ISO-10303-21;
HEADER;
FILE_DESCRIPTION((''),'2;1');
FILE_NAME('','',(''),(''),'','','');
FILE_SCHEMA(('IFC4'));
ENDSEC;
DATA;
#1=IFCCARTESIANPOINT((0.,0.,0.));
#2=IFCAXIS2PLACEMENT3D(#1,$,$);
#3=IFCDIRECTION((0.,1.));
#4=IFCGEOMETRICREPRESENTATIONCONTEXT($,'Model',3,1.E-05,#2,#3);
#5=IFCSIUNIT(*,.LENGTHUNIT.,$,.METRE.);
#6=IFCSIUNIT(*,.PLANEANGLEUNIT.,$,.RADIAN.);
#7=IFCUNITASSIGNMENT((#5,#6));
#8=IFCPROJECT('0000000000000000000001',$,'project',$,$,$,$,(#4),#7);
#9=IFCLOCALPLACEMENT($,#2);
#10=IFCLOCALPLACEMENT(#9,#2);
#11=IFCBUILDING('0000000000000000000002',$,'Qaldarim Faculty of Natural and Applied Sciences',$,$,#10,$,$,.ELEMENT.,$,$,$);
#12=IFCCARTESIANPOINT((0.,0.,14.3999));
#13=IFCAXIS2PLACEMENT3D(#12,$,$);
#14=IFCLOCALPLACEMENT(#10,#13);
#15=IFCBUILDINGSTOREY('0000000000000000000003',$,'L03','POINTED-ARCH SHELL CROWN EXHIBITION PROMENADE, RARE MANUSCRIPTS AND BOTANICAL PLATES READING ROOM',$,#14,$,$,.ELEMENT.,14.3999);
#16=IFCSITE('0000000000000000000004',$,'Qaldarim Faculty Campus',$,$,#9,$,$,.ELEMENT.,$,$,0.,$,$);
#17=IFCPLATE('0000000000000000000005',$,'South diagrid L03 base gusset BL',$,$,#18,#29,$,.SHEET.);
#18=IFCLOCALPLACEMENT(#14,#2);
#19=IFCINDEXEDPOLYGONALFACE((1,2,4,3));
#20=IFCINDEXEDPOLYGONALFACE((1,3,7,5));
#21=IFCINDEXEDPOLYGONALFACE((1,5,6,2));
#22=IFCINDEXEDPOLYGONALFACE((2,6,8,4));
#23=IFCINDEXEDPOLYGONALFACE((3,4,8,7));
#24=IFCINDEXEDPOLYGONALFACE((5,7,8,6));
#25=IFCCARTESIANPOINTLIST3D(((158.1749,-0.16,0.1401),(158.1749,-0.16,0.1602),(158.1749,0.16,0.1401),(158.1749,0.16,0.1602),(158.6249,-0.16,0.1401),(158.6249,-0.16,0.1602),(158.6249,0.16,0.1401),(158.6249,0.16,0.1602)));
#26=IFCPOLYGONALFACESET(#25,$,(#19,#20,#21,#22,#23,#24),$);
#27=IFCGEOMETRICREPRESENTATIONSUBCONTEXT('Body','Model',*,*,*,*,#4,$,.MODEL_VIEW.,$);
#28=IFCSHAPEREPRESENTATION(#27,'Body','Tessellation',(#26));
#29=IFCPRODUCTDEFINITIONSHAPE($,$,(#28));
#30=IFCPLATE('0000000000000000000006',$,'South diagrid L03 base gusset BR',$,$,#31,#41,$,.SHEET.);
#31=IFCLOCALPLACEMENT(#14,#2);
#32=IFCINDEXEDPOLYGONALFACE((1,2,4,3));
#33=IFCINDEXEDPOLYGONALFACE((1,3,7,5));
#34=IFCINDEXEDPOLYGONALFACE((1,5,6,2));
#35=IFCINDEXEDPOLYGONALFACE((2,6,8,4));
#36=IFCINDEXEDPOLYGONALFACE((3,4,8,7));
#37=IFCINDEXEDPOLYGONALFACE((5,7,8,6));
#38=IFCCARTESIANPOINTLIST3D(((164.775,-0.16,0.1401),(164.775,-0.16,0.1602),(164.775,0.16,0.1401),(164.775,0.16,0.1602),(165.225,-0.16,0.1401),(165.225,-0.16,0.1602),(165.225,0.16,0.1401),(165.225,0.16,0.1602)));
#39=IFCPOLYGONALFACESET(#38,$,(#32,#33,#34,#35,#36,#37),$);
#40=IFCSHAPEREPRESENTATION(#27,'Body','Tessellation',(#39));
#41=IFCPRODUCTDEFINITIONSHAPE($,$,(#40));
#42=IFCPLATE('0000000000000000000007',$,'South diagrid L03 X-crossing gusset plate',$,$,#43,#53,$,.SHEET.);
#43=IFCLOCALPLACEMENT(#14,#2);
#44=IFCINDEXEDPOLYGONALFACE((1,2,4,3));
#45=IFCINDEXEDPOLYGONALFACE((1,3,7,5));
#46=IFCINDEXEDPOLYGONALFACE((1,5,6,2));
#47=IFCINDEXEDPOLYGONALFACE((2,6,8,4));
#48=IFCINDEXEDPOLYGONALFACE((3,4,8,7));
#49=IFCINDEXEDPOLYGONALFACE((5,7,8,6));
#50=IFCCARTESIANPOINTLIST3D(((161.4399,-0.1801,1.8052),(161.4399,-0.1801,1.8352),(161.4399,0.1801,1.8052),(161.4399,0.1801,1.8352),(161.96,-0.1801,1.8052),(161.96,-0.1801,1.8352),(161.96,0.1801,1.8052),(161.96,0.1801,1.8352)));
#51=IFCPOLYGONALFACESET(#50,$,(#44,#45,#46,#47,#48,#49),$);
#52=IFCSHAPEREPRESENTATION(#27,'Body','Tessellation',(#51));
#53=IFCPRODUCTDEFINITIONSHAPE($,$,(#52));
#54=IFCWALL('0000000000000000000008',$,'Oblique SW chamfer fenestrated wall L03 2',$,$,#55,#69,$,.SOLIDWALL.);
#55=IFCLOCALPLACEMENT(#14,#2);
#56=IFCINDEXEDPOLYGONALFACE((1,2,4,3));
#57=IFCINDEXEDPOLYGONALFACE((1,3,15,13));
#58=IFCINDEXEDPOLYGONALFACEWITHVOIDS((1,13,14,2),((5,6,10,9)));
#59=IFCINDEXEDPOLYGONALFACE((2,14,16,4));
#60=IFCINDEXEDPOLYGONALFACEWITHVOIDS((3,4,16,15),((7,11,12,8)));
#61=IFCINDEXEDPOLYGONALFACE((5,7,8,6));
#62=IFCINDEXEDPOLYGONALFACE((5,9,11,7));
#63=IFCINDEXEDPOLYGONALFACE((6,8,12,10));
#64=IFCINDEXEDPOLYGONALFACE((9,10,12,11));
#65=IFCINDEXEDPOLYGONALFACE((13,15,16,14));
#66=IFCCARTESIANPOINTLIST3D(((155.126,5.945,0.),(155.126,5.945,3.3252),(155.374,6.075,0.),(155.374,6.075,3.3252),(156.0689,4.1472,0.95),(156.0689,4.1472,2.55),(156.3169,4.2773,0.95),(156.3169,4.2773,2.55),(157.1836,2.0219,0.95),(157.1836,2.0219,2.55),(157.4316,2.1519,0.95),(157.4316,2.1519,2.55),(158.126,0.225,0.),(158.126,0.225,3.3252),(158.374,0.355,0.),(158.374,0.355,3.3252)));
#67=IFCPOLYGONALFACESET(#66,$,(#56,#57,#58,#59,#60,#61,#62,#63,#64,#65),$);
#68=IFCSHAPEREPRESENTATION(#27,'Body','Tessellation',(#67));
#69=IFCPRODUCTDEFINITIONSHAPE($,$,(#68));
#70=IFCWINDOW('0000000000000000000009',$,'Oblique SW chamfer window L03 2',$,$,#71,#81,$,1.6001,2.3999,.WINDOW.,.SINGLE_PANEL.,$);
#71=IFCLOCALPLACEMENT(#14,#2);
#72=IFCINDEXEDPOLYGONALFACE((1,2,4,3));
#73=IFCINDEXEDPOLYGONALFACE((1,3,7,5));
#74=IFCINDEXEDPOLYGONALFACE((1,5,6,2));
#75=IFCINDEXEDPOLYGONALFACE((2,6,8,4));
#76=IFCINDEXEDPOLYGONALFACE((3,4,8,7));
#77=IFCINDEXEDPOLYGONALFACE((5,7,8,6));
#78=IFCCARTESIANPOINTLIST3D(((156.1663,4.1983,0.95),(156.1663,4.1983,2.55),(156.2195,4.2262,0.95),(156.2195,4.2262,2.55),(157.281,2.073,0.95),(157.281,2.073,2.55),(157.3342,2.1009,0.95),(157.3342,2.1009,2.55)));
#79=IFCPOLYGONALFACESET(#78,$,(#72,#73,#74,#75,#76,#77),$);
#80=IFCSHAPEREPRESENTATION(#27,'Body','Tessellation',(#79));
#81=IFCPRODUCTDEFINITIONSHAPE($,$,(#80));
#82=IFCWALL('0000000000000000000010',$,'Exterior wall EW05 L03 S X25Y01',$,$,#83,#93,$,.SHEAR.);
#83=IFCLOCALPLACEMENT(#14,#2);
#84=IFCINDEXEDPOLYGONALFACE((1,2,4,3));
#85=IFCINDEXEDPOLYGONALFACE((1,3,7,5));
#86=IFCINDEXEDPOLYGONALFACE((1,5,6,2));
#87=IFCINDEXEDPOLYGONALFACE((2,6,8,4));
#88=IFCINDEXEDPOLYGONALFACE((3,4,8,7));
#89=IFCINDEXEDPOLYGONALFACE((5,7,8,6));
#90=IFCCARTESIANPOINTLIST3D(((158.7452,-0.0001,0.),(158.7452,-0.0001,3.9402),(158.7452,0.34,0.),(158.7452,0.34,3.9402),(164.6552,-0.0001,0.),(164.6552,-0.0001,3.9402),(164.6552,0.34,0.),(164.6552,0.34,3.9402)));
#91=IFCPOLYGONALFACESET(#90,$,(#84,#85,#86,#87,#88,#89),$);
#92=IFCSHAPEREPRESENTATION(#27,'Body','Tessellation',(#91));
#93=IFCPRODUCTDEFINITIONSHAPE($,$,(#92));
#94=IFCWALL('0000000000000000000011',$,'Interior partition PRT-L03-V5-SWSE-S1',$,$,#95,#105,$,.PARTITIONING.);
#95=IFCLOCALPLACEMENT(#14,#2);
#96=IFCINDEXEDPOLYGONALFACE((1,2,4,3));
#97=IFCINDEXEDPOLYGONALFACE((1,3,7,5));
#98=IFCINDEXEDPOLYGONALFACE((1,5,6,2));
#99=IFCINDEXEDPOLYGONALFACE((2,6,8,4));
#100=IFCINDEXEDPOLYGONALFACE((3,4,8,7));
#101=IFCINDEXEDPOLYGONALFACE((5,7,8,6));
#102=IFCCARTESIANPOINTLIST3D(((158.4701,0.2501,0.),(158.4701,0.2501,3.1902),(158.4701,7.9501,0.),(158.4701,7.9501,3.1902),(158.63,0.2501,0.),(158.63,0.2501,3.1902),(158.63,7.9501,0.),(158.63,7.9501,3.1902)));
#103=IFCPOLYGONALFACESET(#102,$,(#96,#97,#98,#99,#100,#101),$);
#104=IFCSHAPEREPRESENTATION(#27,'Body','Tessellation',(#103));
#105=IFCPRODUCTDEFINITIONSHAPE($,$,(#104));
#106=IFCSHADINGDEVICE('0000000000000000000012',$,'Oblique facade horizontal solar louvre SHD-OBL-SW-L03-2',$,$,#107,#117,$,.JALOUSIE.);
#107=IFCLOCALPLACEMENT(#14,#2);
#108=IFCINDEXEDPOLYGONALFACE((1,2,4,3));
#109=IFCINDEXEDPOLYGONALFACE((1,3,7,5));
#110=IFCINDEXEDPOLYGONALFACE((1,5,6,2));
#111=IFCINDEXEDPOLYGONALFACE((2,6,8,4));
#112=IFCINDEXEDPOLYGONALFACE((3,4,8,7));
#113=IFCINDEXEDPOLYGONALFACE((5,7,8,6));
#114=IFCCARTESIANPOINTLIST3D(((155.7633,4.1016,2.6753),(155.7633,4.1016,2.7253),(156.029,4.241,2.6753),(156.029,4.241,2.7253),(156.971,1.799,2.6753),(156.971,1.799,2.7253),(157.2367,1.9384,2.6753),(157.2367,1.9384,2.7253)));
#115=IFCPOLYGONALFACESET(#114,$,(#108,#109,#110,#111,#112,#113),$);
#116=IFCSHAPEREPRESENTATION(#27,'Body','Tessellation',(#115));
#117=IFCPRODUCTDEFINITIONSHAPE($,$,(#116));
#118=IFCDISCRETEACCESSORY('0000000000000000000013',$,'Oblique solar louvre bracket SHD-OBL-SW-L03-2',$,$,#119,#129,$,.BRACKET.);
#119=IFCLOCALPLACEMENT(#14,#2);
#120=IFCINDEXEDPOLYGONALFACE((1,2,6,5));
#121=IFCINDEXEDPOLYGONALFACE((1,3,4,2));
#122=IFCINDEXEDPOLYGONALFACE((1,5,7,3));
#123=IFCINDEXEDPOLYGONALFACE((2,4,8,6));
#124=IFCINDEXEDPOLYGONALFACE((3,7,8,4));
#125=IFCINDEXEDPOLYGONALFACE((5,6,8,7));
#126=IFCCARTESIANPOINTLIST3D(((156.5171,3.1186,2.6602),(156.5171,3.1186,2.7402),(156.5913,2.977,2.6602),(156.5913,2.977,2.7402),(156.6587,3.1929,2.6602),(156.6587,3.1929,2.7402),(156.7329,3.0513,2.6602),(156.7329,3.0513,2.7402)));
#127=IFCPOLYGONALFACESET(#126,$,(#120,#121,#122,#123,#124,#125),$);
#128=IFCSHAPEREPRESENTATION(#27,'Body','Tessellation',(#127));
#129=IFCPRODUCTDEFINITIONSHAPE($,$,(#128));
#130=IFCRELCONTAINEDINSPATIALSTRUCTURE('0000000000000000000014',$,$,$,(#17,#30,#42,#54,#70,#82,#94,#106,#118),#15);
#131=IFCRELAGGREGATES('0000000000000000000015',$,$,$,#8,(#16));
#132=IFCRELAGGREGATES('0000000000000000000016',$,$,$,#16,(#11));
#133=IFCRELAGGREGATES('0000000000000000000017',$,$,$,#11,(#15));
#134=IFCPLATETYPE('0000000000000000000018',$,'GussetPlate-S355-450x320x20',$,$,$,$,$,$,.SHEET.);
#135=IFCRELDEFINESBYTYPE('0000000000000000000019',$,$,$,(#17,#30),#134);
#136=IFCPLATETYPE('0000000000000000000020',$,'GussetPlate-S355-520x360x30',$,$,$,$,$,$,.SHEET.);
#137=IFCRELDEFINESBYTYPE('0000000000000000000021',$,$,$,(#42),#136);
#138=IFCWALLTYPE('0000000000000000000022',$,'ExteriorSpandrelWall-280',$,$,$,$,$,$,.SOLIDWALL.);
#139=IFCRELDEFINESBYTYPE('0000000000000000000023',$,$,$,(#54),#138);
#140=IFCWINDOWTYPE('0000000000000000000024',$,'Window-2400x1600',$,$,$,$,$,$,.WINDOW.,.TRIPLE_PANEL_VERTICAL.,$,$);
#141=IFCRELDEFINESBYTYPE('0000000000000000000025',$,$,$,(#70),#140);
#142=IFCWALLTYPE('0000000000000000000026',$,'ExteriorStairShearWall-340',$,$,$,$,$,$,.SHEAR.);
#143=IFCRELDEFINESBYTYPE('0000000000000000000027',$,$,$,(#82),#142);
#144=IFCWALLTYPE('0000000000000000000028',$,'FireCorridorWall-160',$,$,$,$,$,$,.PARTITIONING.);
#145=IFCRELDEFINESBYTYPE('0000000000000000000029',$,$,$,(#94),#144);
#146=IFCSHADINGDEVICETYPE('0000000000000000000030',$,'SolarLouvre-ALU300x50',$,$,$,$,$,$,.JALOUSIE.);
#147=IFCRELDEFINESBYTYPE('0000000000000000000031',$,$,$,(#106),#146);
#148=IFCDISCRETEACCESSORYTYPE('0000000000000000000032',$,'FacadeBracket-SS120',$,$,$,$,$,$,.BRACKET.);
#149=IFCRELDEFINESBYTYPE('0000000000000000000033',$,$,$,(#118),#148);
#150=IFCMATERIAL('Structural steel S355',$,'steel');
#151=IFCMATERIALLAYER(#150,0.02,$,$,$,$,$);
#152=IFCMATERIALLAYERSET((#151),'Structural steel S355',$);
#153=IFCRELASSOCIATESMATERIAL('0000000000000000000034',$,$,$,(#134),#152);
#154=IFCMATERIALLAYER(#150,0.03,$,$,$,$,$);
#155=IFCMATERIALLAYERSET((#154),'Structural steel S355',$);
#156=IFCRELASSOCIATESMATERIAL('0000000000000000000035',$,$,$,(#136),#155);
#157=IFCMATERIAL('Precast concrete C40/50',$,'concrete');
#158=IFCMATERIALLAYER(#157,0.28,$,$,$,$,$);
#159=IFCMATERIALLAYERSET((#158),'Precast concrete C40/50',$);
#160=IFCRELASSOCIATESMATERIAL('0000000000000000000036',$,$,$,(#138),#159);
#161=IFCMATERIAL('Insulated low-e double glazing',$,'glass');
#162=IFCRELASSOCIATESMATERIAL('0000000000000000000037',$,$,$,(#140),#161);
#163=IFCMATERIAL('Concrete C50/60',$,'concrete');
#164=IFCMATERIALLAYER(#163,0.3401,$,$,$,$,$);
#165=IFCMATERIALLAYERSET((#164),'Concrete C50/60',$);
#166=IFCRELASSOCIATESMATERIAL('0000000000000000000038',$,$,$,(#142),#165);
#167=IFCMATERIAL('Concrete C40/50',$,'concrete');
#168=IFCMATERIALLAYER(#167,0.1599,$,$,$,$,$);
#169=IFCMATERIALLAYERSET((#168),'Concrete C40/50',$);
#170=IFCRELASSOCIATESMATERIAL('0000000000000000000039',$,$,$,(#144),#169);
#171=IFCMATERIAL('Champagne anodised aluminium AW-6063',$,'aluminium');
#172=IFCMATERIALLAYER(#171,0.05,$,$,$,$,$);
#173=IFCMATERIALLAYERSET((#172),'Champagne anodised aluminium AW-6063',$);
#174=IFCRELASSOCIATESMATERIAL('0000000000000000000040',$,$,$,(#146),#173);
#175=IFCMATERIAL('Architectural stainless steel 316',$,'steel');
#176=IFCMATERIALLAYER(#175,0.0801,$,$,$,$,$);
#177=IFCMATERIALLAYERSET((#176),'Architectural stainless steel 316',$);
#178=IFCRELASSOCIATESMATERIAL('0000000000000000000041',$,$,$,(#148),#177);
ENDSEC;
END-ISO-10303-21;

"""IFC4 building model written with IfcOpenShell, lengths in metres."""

from ifc_helpers import new_model, si_unit, direction, frame, frame_2d, origin, origin_2d, place, context, subcontext, project, spatial, rectangle, extrude, material, layer, layer_set, type_object, element, fill, save


model = new_model("IFC4")

# Units and contexts
model_context = context("Model", 3, precision=1e-05, world=origin(), true_north=direction((0.0, 1.0)))
body_context = subcontext(model_context, "Body", "Model", "MODEL_VIEW")
ifc_project = project(units=[si_unit("LENGTHUNIT", "METRE"), si_unit("PLANEANGLEUNIT", "RADIAN")], contexts=[model_context])

# Site, building, storey
site_placement = place(None, origin())
site = spatial("IfcSite", under=ifc_project, at=site_placement, Name="Qaldarim Faculty Campus", CompositionType="ELEMENT", RefElevation=0.0)
building_placement = place(site_placement, origin())
building = spatial("IfcBuilding", under=site, at=building_placement, Name="Qaldarim Faculty of Natural and Applied Sciences", CompositionType="ELEMENT")
storey_placement = place(building_placement, frame((0.0, 0.0, 14.3999)))
storey = spatial("IfcBuildingStorey", under=building, at=storey_placement, Name="L03", Description="POINTED-ARCH SHELL CROWN EXHIBITION PROMENADE, RARE MANUSCRIPTS AND BOTANICAL PLATES READING ROOM", CompositionType="ELEMENT", Elevation=14.3999)

# Shared definitions
ifc_material_1 = material(Name="Concrete C50/60", Category="concrete")

# Shared definitions
ifc_material_2 = material(Name="Structural steel S355", Category="steel")

# Shared definitions
ifc_material_3 = material(Name="Concrete C40/50", Category="concrete")
ifc_material_4 = material(Name="Precast concrete C40/50", Category="concrete")

# Plates
ifc_layer_1 = layer(ifc_material_2, 0.02)
ifc_layer_set_1 = layer_set([ifc_layer_1], Name="Structural steel S355")
plate_type_1 = type_object("IfcPlateType", Name="GussetPlate-S355-450x320x20", PredefinedType="SHEET", material=ifc_layer_set_1)
for number, where, z_axis, x_axis, name in (
    (1, (158.3999, 0.0, 0.1401), (0.0, 0.0, 1.0), (1.0, 0.0, 0.0), "South diagrid L03 base gusset BL"),
    (2, (165.0, 0.0, 0.1401), (0.0, 0.0, 1.0), (1.0, 0.0, 0.0), "South diagrid L03 base gusset BR"),
):
    element("IfcPlate", number, at=place(storey_placement, frame(where, z_axis=z_axis, x_axis=x_axis)), inside=storey, type_object=plate_type_1, Name=name, PredefinedType="SHEET", context=body_context, shape_type="SweptSolid", body=[
        extrude(rectangle(XDim=0.45, YDim=0.3201, at=origin_2d()), origin(), (0.0, 0.0, 1.0), 0.02),
    ])
ifc_layer_2 = layer(ifc_material_2, 0.03)
ifc_layer_set_2 = layer_set([ifc_layer_2], Name="Structural steel S355")
plate_type_2 = type_object("IfcPlateType", Name="GussetPlate-S355-520x360x30", PredefinedType="SHEET", material=ifc_layer_set_2)
plate_placement = place(storey_placement, frame((161.7, 0.0, 1.8052), z_axis=(0.0, 0.0, 1.0), x_axis=(1.0, 0.0, 0.0)))
element("IfcPlate", 3, at=plate_placement, inside=storey, type_object=plate_type_2, Name="South diagrid L03 X-crossing gusset plate", PredefinedType="SHEET", context=body_context, shape_type="SweptSolid", body=[
    extrude(rectangle(XDim=0.52, YDim=0.3601, at=origin_2d()), origin(), (0.0, 0.0, 1.0), 0.03),
])

# Wall, opening, window
ifc_layer_3 = layer(ifc_material_4, 0.28)
ifc_layer_set_3 = layer_set([ifc_layer_3], Name="Precast concrete C40/50")
wall_type_1 = type_object("IfcWallType", Name="ExteriorSpandrelWall-280", PredefinedType="SOLIDWALL", material=ifc_layer_set_3)
wall_1_placement = place(storey_placement, frame((155.25, 6.01, 0.0), z_axis=(0.0, 0.0, 1.0), x_axis=(0.464472, -0.885588, 0.0)))
wall_1 = element("IfcWall", 4, at=wall_1_placement, inside=storey, type_object=wall_type_1, Name="Oblique SW chamfer fenestrated wall L03 2", PredefinedType="SOLIDWALL", context=body_context, shape_type="SweptSolid", body=[
    extrude(rectangle(XDim=6.459, YDim=0.28, at=frame_2d((3.2295, 0.0))), origin(), (0.0, 0.0, 1.0), 3.3252),
])
opening_placement = place(wall_1_placement, frame((2.03, 0.0, 0.95)))
opening = element("IfcOpeningElement", 5, at=opening_placement, cuts=wall_1, PredefinedType="OPENING", context=body_context, shape_type="SweptSolid", body=[
    extrude(rectangle(XDim=2.3999, YDim=1.6001, at=frame_2d((1.2, 0.8))), frame((0.0, 0.1499, 0.0), z_axis=(0.0, -1.0, 0.0), x_axis=(1.0, 0.0, 0.0)), (0.0, 0.0, 1.0), 0.3),
])
ifc_material_5 = material(Name="Insulated low-e double glazing", Category="glass")
window_type = type_object("IfcWindowType", Name="Window-2400x1600", PartitioningType="TRIPLE_PANEL_VERTICAL", PredefinedType="WINDOW", material=ifc_material_5)
window_placement = place(opening_placement, origin())
window = element("IfcWindow", 6, at=window_placement, inside=storey, type_object=window_type, Name="Oblique SW chamfer window L03 2", OverallHeight=1.6001, OverallWidth=2.3999, PartitioningType="SINGLE_PANEL", PredefinedType="WINDOW", context=body_context, shape_type="SweptSolid", body=[
    extrude(rectangle(XDim=2.3999, YDim=1.6001, at=frame_2d((1.2, 0.8))), frame((0.0, 0.03, 0.0), z_axis=(0.0, -1.0, 0.0), x_axis=(1.0, 0.0, 0.0)), (0.0, 0.0, 1.0), 0.0601),
])
fill(opening, window)

# Walls
ifc_layer_4 = layer(ifc_material_1, 0.3401)
ifc_layer_set_4 = layer_set([ifc_layer_4], Name="Concrete C50/60")
wall_type_2 = type_object("IfcWallType", Name="ExteriorStairShearWall-340", PredefinedType="SHEAR", material=ifc_layer_set_4)
wall_2_placement = place(storey_placement, frame((158.7451, 0.1699, 0.0), z_axis=(0.0, 0.0, 1.0), x_axis=(1.0, 0.0, 0.0)))
element("IfcWall", 7, at=wall_2_placement, inside=storey, type_object=wall_type_2, Name="Exterior wall EW05 L03 S X25Y01", PredefinedType="SHEAR", context=body_context, shape_type="SweptSolid", body=[
    extrude(rectangle(XDim=5.9099, YDim=0.3401, at=frame_2d((2.9551, 0.0))), origin(), (0.0, 0.0, 1.0), 3.9402),
])
ifc_layer_5 = layer(ifc_material_3, 0.1599)
ifc_layer_set_5 = layer_set([ifc_layer_5], Name="Concrete C40/50")
wall_type_3 = type_object("IfcWallType", Name="FireCorridorWall-160", PredefinedType="PARTITIONING", material=ifc_layer_set_5)
wall_3_placement = place(storey_placement, frame((158.55, 0.25, 0.0), z_axis=(0.0, 0.0, 1.0), x_axis=(0.0, 1.0, 0.0)))
element("IfcWall", 8, at=wall_3_placement, inside=storey, type_object=wall_type_3, Name="Interior partition PRT-L03-V5-SWSE-S1", PredefinedType="PARTITIONING", context=body_context, shape_type="SweptSolid", body=[
    extrude(rectangle(XDim=7.7, YDim=0.1599, at=frame_2d((3.8501, 0.0))), origin(), (0.0, 0.0, 1.0), 3.1902),
])

# Shading device
ifc_material_6 = material(Name="Champagne anodised aluminium AW-6063", Category="aluminium")
ifc_layer_6 = layer(ifc_material_6, 0.05)
ifc_layer_set_6 = layer_set([ifc_layer_6], Name="Champagne anodised aluminium AW-6063")
shading_device_type = type_object("IfcShadingDeviceType", Name="SolarLouvre-ALU300x50", PredefinedType="JALOUSIE", material=ifc_layer_set_6)
shading_device_placement = place(storey_placement, frame((156.5, 3.02, 2.6753), z_axis=(0.0, 0.0, 1.0), x_axis=(0.464471, -0.885588, 0.0)))
element("IfcShadingDevice", 9, at=shading_device_placement, inside=storey, type_object=shading_device_type, Name="Oblique facade horizontal solar louvre SHD-OBL-SW-L03-2", PredefinedType="JALOUSIE", context=body_context, shape_type="SweptSolid", body=[
    extrude(rectangle(XDim=2.6001, YDim=0.3, at=origin_2d()), origin(), (0.0, 0.0, 1.0), 0.05),
])

# Discrete accessory
ifc_material_7 = material(Name="Architectural stainless steel 316", Category="steel")
ifc_layer_7 = layer(ifc_material_7, 0.0801)
ifc_layer_set_7 = layer_set([ifc_layer_7], Name="Architectural stainless steel 316")
discrete_accessory_type = type_object("IfcDiscreteAccessoryType", Name="FacadeBracket-SS120", PredefinedType="BRACKET", material=ifc_layer_set_7)
discrete_accessory_placement = place(storey_placement, frame((156.625, 3.085, 2.6602), z_axis=(0.0, 0.0, 1.0), x_axis=(0.464471, -0.885588, 0.0)))
element("IfcDiscreteAccessory", 10, at=discrete_accessory_placement, inside=storey, type_object=discrete_accessory_type, Name="Oblique solar louvre bracket SHD-OBL-SW-L03-2", PredefinedType="BRACKET", context=body_context, shape_type="SweptSolid", body=[
    extrude(rectangle(XDim=0.1599, YDim=0.1599, at=origin_2d()), origin(), (0.0, 0.0, 1.0), 0.0801),
])

save(model, "model.ifc")
